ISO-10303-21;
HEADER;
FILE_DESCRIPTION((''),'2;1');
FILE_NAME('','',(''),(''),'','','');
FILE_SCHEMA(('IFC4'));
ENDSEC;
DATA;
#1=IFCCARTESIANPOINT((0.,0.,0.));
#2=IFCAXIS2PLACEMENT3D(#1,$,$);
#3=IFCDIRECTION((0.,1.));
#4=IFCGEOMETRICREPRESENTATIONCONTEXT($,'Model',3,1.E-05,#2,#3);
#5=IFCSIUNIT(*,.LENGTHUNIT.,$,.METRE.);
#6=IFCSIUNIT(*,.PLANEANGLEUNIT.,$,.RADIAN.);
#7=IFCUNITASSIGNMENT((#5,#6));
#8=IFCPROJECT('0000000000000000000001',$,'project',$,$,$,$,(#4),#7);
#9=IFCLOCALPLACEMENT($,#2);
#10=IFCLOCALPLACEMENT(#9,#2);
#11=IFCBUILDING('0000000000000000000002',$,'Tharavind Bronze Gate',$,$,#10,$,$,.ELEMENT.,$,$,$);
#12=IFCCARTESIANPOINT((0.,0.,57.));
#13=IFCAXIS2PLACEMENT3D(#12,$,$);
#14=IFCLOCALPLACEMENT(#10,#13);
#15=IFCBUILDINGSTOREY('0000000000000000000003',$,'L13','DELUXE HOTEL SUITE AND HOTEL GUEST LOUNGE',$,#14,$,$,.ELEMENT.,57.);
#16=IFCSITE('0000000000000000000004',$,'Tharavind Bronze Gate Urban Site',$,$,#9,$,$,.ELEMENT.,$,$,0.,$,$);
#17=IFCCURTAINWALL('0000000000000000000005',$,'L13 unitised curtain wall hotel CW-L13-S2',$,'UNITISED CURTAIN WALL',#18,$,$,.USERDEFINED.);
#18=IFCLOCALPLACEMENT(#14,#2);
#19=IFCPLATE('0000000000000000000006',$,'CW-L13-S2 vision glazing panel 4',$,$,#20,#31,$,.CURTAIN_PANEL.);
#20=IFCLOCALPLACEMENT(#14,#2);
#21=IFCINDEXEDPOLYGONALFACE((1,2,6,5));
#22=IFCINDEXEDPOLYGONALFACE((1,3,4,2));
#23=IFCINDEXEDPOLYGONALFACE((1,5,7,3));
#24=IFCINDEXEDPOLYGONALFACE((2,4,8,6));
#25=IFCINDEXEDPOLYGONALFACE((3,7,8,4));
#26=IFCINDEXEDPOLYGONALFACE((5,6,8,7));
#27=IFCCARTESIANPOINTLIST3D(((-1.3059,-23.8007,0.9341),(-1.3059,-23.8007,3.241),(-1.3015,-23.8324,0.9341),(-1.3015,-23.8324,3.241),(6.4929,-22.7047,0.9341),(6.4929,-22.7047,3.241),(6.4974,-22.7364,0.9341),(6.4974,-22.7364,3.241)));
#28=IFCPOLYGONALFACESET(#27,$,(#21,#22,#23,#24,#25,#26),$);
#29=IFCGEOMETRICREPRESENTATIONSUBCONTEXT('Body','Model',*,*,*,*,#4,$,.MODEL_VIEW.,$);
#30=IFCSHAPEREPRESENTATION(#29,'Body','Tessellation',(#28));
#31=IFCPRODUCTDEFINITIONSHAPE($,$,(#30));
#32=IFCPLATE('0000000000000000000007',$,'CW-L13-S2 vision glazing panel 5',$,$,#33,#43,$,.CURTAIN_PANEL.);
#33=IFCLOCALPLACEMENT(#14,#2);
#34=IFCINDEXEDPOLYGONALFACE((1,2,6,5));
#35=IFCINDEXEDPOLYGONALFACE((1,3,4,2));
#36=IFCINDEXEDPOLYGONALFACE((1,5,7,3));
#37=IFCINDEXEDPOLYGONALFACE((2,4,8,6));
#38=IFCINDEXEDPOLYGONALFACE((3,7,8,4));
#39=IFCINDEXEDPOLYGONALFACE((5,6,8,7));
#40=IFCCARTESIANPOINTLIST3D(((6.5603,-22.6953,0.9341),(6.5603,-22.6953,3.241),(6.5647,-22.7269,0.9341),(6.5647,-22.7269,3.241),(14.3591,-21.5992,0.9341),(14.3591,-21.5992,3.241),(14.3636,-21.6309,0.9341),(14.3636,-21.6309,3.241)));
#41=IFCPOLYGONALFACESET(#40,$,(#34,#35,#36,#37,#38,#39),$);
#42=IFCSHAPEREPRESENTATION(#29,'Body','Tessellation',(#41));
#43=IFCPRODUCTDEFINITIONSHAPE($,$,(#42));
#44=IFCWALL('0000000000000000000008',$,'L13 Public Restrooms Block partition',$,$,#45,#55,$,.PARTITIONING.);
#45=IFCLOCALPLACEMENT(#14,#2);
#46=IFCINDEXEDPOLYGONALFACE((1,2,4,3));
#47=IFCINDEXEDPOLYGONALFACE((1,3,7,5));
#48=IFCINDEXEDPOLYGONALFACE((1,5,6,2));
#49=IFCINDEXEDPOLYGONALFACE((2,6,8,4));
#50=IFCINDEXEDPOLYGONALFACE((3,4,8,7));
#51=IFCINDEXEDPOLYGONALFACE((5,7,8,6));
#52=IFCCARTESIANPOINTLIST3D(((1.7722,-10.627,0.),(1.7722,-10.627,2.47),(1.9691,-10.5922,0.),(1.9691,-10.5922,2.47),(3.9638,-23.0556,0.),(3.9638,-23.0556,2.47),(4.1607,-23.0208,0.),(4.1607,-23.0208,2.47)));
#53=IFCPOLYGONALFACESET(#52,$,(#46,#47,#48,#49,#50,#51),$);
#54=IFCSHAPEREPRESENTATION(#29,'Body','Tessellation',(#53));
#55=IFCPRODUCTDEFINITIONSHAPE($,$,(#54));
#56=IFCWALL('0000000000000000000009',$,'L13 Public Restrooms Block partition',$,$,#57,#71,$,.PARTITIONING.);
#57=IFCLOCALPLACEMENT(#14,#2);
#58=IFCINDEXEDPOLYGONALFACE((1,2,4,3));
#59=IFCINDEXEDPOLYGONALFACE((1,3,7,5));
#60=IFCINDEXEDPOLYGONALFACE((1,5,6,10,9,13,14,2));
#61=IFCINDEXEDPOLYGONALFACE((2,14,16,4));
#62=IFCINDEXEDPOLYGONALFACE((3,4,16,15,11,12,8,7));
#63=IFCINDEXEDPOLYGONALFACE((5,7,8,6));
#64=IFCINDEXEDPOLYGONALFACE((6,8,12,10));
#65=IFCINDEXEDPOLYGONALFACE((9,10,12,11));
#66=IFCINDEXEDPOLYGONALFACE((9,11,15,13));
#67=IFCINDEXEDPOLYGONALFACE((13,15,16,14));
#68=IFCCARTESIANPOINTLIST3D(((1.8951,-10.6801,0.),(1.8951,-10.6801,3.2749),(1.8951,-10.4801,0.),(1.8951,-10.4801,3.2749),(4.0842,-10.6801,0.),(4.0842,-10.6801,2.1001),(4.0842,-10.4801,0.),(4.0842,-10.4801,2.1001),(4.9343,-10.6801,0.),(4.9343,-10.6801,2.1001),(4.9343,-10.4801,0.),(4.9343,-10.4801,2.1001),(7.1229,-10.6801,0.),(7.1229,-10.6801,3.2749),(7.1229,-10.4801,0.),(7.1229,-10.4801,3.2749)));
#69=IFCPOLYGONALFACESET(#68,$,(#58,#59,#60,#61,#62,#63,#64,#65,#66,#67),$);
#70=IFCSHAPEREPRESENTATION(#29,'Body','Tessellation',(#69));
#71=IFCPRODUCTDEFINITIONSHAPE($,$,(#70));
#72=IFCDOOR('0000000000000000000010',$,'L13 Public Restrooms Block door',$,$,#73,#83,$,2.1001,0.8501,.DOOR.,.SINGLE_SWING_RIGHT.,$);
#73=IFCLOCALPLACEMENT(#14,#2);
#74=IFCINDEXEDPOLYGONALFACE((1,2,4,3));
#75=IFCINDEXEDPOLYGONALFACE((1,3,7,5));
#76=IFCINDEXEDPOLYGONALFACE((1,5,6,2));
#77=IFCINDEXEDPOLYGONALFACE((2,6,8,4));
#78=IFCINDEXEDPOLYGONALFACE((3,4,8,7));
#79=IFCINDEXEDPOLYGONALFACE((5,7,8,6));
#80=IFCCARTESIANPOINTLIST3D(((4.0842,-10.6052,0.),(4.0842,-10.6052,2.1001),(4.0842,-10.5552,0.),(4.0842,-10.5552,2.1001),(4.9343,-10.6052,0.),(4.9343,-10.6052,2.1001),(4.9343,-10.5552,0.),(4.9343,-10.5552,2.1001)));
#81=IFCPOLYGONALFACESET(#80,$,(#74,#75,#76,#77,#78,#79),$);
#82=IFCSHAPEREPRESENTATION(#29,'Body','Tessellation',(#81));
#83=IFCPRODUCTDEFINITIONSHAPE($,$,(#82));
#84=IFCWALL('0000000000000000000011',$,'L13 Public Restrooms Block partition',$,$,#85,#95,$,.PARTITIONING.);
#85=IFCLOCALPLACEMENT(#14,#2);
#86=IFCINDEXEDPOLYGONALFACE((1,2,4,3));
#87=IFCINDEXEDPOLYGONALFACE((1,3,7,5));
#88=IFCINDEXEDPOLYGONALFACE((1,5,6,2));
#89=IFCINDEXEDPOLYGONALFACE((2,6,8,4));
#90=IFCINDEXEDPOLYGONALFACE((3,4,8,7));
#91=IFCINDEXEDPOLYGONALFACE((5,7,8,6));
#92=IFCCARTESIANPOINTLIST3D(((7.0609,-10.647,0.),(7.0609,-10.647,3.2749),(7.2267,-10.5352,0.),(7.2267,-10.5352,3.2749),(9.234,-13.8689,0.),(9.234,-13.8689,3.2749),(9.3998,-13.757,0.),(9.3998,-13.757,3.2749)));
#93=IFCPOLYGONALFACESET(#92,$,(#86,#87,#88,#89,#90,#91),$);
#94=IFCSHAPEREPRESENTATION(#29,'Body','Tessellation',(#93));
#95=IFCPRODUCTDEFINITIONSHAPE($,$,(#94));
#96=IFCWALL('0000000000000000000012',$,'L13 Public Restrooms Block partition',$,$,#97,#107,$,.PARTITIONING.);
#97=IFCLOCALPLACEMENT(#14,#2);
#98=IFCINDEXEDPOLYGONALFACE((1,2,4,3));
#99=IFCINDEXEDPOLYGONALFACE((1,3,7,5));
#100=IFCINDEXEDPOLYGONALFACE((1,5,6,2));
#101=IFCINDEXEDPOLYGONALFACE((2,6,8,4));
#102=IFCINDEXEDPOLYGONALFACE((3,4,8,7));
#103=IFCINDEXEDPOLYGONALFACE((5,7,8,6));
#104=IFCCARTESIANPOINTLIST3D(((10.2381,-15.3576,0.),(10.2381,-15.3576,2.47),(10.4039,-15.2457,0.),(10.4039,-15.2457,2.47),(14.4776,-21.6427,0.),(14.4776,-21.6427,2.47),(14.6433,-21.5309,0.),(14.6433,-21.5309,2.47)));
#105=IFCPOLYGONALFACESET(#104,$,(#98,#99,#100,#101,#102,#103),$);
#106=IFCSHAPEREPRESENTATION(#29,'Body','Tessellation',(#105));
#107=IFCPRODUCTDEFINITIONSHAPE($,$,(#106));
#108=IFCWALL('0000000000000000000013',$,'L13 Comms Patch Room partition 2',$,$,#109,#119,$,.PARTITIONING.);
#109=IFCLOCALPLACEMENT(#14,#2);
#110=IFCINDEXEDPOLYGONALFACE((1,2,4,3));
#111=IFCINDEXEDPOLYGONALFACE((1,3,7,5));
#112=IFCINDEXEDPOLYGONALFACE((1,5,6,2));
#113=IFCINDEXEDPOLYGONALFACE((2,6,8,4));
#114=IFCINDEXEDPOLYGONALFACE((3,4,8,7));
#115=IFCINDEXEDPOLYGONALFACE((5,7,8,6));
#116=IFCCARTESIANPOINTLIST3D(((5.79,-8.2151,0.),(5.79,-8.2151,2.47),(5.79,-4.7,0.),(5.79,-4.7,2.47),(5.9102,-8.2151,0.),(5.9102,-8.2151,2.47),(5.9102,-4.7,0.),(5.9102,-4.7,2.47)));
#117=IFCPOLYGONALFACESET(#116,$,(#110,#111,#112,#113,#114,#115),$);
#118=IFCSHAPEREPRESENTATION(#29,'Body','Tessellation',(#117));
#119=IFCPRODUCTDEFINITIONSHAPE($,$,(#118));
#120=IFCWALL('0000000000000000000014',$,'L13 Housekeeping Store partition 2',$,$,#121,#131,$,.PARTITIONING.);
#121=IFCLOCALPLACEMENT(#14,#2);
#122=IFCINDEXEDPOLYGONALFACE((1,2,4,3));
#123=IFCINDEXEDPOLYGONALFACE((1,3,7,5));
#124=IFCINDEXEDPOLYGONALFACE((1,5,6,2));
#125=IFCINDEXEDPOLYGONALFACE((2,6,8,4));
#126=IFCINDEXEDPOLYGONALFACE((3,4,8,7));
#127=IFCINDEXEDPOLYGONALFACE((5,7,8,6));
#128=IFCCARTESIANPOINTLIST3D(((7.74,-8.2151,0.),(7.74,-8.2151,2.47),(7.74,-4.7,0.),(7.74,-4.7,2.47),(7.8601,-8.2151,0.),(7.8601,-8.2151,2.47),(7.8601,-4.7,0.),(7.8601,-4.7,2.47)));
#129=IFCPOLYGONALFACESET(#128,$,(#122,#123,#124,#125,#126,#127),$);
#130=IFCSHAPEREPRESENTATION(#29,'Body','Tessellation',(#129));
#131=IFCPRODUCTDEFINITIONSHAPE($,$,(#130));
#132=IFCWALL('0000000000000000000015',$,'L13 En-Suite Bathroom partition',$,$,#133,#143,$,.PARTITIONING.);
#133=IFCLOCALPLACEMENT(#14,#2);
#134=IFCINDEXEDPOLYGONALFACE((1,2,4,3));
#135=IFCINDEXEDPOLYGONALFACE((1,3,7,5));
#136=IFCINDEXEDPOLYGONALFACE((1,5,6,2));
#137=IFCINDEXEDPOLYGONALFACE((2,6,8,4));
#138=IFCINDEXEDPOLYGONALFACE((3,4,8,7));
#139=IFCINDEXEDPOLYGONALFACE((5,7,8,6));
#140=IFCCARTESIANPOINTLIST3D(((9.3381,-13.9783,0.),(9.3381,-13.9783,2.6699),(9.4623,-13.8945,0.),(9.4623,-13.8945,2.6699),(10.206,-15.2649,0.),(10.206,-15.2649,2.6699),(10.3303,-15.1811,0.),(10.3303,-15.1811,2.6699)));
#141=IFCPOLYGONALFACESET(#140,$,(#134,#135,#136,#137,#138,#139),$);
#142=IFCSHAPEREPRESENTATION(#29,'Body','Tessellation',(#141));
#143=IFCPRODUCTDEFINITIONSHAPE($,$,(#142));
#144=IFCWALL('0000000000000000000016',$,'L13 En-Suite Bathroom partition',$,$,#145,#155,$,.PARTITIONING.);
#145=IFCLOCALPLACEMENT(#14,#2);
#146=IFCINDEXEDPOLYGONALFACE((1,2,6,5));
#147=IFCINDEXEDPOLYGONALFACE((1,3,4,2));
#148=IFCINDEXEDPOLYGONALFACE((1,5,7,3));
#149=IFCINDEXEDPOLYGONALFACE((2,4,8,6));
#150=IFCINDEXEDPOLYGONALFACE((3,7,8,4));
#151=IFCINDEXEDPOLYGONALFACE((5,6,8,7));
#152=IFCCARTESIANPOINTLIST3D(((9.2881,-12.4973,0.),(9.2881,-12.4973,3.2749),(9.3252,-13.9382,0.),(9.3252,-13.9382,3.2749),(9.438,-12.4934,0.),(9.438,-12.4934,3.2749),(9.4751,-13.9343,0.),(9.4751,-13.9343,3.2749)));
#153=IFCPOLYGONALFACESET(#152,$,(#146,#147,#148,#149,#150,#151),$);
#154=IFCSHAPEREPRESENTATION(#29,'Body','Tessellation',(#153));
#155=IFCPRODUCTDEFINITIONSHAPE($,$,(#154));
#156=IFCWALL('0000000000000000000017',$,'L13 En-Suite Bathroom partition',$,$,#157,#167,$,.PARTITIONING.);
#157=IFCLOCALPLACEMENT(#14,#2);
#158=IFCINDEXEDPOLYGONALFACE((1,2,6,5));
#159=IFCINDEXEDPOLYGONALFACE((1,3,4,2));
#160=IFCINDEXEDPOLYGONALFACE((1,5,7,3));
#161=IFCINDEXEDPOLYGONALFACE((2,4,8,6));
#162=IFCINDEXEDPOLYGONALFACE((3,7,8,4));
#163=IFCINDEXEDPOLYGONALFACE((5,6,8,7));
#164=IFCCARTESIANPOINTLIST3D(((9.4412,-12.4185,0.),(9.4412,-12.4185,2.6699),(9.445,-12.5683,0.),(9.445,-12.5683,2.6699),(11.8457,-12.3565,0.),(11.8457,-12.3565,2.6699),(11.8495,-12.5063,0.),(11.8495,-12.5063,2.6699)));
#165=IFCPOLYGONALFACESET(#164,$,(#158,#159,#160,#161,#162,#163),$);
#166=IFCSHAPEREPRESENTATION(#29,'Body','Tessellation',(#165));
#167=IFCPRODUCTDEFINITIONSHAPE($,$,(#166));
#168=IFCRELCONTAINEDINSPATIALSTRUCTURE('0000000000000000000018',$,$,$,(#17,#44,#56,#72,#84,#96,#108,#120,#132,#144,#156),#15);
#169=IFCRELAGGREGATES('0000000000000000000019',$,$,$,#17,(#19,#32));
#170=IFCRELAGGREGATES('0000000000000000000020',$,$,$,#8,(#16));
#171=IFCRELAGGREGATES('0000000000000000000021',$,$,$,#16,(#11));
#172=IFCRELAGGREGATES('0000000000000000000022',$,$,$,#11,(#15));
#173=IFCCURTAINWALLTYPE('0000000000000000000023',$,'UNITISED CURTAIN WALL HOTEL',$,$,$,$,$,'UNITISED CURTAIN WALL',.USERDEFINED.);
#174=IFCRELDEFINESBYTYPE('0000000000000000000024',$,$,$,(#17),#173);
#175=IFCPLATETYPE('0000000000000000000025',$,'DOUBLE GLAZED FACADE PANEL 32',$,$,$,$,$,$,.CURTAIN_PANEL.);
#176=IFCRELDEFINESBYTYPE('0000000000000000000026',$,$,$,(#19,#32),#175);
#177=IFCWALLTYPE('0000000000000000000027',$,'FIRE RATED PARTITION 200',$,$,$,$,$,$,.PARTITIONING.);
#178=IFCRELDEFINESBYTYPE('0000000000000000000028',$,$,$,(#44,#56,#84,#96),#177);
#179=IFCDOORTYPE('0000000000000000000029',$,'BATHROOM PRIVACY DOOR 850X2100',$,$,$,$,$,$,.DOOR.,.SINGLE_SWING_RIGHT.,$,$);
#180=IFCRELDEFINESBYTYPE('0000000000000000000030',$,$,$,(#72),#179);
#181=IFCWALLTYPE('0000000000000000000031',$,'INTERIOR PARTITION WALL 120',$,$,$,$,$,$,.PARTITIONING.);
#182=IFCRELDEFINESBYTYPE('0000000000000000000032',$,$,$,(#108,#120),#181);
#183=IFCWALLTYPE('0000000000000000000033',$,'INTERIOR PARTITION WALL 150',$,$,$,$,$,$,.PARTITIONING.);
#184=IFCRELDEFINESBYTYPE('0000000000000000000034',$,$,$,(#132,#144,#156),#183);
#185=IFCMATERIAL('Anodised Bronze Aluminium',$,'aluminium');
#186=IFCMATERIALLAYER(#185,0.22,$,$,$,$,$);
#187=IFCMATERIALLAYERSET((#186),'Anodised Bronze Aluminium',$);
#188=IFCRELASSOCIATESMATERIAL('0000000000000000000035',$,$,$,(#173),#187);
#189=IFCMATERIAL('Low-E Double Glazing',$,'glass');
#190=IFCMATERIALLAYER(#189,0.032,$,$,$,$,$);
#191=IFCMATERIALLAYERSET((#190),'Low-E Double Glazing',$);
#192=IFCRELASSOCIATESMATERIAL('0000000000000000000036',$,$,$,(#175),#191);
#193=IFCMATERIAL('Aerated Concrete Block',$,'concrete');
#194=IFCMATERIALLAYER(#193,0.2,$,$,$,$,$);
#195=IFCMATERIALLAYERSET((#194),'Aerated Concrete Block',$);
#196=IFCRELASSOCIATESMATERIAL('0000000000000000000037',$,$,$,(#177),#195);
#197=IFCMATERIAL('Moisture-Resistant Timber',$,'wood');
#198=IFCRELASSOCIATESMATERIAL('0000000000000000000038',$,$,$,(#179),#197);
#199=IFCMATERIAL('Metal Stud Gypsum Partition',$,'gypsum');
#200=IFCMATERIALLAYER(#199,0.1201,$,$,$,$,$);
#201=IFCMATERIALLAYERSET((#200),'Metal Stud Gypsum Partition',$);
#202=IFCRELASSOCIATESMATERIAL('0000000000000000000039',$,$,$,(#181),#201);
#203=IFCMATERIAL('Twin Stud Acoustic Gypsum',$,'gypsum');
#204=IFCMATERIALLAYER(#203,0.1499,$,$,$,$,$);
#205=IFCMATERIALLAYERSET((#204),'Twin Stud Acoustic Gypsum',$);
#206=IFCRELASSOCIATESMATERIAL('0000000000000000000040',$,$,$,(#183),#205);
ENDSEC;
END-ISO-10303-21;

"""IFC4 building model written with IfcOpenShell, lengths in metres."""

from ifc_helpers import new_model, si_unit, direction, frame, frame_2d, origin, origin_2d, place, context, subcontext, project, spatial, rectangle, extrude, material, layer, layer_set, type_object, element, fill, aggregate, save


model = new_model("IFC4")

# Units and contexts
model_context = context("Model", 3, precision=1e-05, world=origin(), true_north=direction((0.0, 1.0)))
body_context = subcontext(model_context, "Body", "Model", "MODEL_VIEW")
ifc_project = project(units=[si_unit("LENGTHUNIT", "METRE"), si_unit("PLANEANGLEUNIT", "RADIAN")], contexts=[model_context])

# Site, building, storey
site_placement = place(None, origin())
site = spatial("IfcSite", under=ifc_project, at=site_placement, Name="Tharavind Bronze Gate Urban Site", CompositionType="ELEMENT", RefElevation=0.0)
building_placement = place(site_placement, origin())
building = spatial("IfcBuilding", under=site, at=building_placement, Name="Tharavind Bronze Gate", CompositionType="ELEMENT")
storey_placement = place(building_placement, frame((0.0, 0.0, 57.0)))
storey = spatial("IfcBuildingStorey", under=building, at=storey_placement, Name="L13", Description="DELUXE HOTEL SUITE AND HOTEL GUEST LOUNGE", CompositionType="ELEMENT", Elevation=57.0)

# Curtain wall
ifc_material_1 = material(Name="Anodised Bronze Aluminium", Category="aluminium")
ifc_layer_1 = layer(ifc_material_1, 0.22)
ifc_layer_set_1 = layer_set([ifc_layer_1], Name="Anodised Bronze Aluminium")
curtain_wall_type = type_object("IfcCurtainWallType", Name="UNITISED CURTAIN WALL HOTEL", ElementType="UNITISED CURTAIN WALL", PredefinedType="USERDEFINED", material=ifc_layer_set_1)
curtain_wall_placement = place(storey_placement, origin())
curtain_wall = element("IfcCurtainWall", 1, at=curtain_wall_placement, inside=storey, type_object=curtain_wall_type, Name="L13 unitised curtain wall hotel CW-L13-S2", ObjectType="UNITISED CURTAIN WALL", PredefinedType="USERDEFINED")

# Plates
ifc_material_2 = material(Name="Low-E Double Glazing", Category="glass")
ifc_layer_2 = layer(ifc_material_2, 0.032)
ifc_layer_set_2 = layer_set([ifc_layer_2], Name="Low-E Double Glazing")
plate_type_1 = type_object("IfcPlateType", Name="DOUBLE GLAZED FACADE PANEL 32", PredefinedType="CURTAIN_PANEL", material=ifc_layer_set_2)
plate_1_placement = place(storey_placement, frame((2.5957, -23.2686, 0.9341), z_axis=(0.0, 0.0, 1.0), x_axis=(0.990268, 0.139173, 0.0)))
plate_1 = element("IfcPlate", 2, at=plate_1_placement, type_object=plate_type_1, Name="CW-L13-S2 vision glazing panel 4", PredefinedType="CURTAIN_PANEL", context=body_context, shape_type="SweptSolid", body=[
    extrude(rectangle(XDim=7.8755, YDim=0.032, at=origin_2d()), origin(), (0.0, 0.0, 1.0), 2.3069),
])
plate_2_placement = place(storey_placement, frame((10.4619, -22.1631, 0.9341), z_axis=(0.0, 0.0, 1.0), x_axis=(0.990268, 0.139173, 0.0)))
plate_2 = element("IfcPlate", 3, at=plate_2_placement, type_object=plate_type_1, Name="CW-L13-S2 vision glazing panel 5", PredefinedType="CURTAIN_PANEL", context=body_context, shape_type="SweptSolid", body=[
    extrude(rectangle(XDim=7.8755, YDim=0.032, at=origin_2d()), origin(), (0.0, 0.0, 1.0), 2.3069),
])
aggregate(curtain_wall, [plate_1, plate_2])

# Wall
ifc_material_3 = material(Name="Aerated Concrete Block", Category="concrete")
ifc_layer_3 = layer(ifc_material_3, 0.2)
ifc_layer_set_3 = layer_set([ifc_layer_3], Name="Aerated Concrete Block")
wall_type_1 = type_object("IfcWallType", Name="FIRE RATED PARTITION 200", PredefinedType="PARTITIONING", material=ifc_layer_set_3)
wall_1_placement = place(storey_placement, frame((4.0623, -23.0381, 0.0), z_axis=(0.0, 0.0, 1.0), x_axis=(-0.173658, 0.984806, 0.0)))
element("IfcWall", 4, at=wall_1_placement, inside=storey, type_object=wall_type_1, Name="L13 Public Restrooms Block partition", PredefinedType="PARTITIONING", context=body_context, shape_type="SweptSolid", body=[
    extrude(rectangle(XDim=12.6204, YDim=0.2, at=frame_2d((6.3101, 0.0))), origin(), (0.0, 0.0, 1.0), 2.47),
])

# Wall, opening, door
wall_2_placement = place(storey_placement, frame((1.8953, -10.5801, 0.0), z_axis=(0.0, 0.0, 1.0), x_axis=(1.0, 0.0, 0.0)))
wall_2 = element("IfcWall", 5, at=wall_2_placement, inside=storey, type_object=wall_type_1, Name="L13 Public Restrooms Block partition", PredefinedType="PARTITIONING", context=body_context, shape_type="SweptSolid", body=[
    extrude(rectangle(XDim=5.2278, YDim=0.2, at=frame_2d((2.6138, 0.0))), origin(), (0.0, 0.0, 1.0), 3.2749),
])
opening_1_placement = place(wall_2_placement, frame((2.189, 0.0, 0.0)))
opening_1 = element("IfcOpeningElement", 6, at=opening_1_placement, cuts=wall_2, PredefinedType="OPENING", context=body_context, shape_type="SweptSolid", body=[
    extrude(rectangle(XDim=0.8501, YDim=2.1001, at=frame_2d((0.425, 1.05))), frame((0.0, 0.1101, 0.0), z_axis=(0.0, -1.0, 0.0), x_axis=(1.0, 0.0, 0.0)), (0.0, 0.0, 1.0), 0.22),
])
ifc_material_4 = material(Name="Moisture-Resistant Timber", Category="wood")
door_type_1 = type_object("IfcDoorType", Name="BATHROOM PRIVACY DOOR 850X2100", OperationType="SINGLE_SWING_RIGHT", PredefinedType="DOOR", material=ifc_material_4)
door_1_placement = place(opening_1_placement, origin())
door_1 = element("IfcDoor", 7, at=door_1_placement, inside=storey, type_object=door_type_1, Name="L13 Public Restrooms Block door", OperationType="SINGLE_SWING_RIGHT", OverallHeight=2.1001, OverallWidth=0.8501, PredefinedType="DOOR", context=body_context, shape_type="SweptSolid", body=[
    extrude(rectangle(XDim=0.8501, YDim=2.1001, at=frame_2d((0.425, 1.05))), frame((0.0, 0.0249, 0.0), z_axis=(0.0, -1.0, 0.0), x_axis=(1.0, 0.0, 0.0)), (0.0, 0.0, 1.0), 0.05),
])
fill(opening_1, door_1)

# Walls
wall_3_placement = place(storey_placement, frame((7.1438, -10.5911, 0.0), z_axis=(0.0, 0.0, 1.0), x_axis=(0.559172, -0.829052, 0.0)))
element("IfcWall", 8, at=wall_3_placement, inside=storey, type_object=wall_type_1, Name="L13 Public Restrooms Block partition", PredefinedType="PARTITIONING", context=body_context, shape_type="SweptSolid", body=[
    extrude(rectangle(XDim=3.8862, YDim=0.2, at=frame_2d((1.9431, 0.0))), origin(), (0.0, 0.0, 1.0), 3.2749),
])
wall_4_placement = place(storey_placement, frame((10.321, -15.3018, 0.0), z_axis=(0.0, 0.0, 1.0), x_axis=(0.559203, -0.829031, 0.0)))
element("IfcWall", 9, at=wall_4_placement, inside=storey, type_object=wall_type_1, Name="L13 Public Restrooms Block partition", PredefinedType="PARTITIONING", context=body_context, shape_type="SweptSolid", body=[
    extrude(rectangle(XDim=7.5813, YDim=0.2, at=frame_2d((3.7905, 0.0))), origin(), (0.0, 0.0, 1.0), 2.47),
])

# Walls
ifc_material_5 = material(Name="Metal Stud Gypsum Partition", Category="gypsum")
ifc_layer_4 = layer(ifc_material_5, 0.1201)
ifc_layer_set_4 = layer_set([ifc_layer_4], Name="Metal Stud Gypsum Partition")
wall_type_2 = type_object("IfcWallType", Name="INTERIOR PARTITION WALL 120", PredefinedType="PARTITIONING", material=ifc_layer_set_4)
for number, where, z_axis, x_axis, name in (
    (10, (5.8501, -8.2151, 0.0), (0.0, 0.0, 1.0), (0.0, 1.0, 0.0), "L13 Comms Patch Room partition 2"),
    (11, (7.8, -8.2151, 0.0), (0.0, 0.0, 1.0), (0.0, 1.0, 0.0), "L13 Housekeeping Store partition 2"),
):
    element("IfcWall", number, at=place(storey_placement, frame(where, z_axis=z_axis, x_axis=x_axis)), inside=storey, type_object=wall_type_2, Name=name, PredefinedType="PARTITIONING", context=body_context, shape_type="SweptSolid", body=[
        extrude(rectangle(XDim=3.5151, YDim=0.1201, at=frame_2d((1.7576, 0.0))), origin(), (0.0, 0.0, 1.0), 2.47),
    ])
ifc_material_6 = material(Name="Twin Stud Acoustic Gypsum", Category="gypsum")
ifc_layer_5 = layer(ifc_material_6, 0.1499)
ifc_layer_set_5 = layer_set([ifc_layer_5], Name="Twin Stud Acoustic Gypsum")
wall_type_3 = type_object("IfcWallType", Name="INTERIOR PARTITION WALL 150", PredefinedType="PARTITIONING", material=ifc_layer_set_5)
wall_5_placement = place(storey_placement, frame((10.2681, -15.2229, 0.0), z_axis=(0.0, 0.0, 1.0), x_axis=(-0.55923, 0.829013, 0.0)))
element("IfcWall", 12, at=wall_5_placement, inside=storey, type_object=wall_type_3, Name="L13 En-Suite Bathroom partition", PredefinedType="PARTITIONING", context=body_context, shape_type="SweptSolid", body=[
    extrude(rectangle(XDim=1.552, YDim=0.1499, at=frame_2d((0.7759, 0.0))), origin(), (0.0, 0.0, 1.0), 2.6699),
])
wall_6_placement = place(storey_placement, frame((9.4001, -13.9363, 0.0), z_axis=(0.0, 0.0, 1.0), x_axis=(-0.025745, 0.999669, 0.0)))
element("IfcWall", 13, at=wall_6_placement, inside=storey, type_object=wall_type_3, Name="L13 En-Suite Bathroom partition", PredefinedType="PARTITIONING", context=body_context, shape_type="SweptSolid", body=[
    extrude(rectangle(XDim=1.4414, YDim=0.1499, at=frame_2d((0.7207, 0.0))), origin(), (0.0, 0.0, 1.0), 3.2749),
])
wall_7_placement = place(storey_placement, frame((9.4431, -12.4934, 0.0), z_axis=(0.0, 0.0, 1.0), x_axis=(0.999668, 0.025781, 0.0)))
element("IfcWall", 14, at=wall_7_placement, inside=storey, type_object=wall_type_3, Name="L13 En-Suite Bathroom partition", PredefinedType="PARTITIONING", context=body_context, shape_type="SweptSolid", body=[
    extrude(rectangle(XDim=2.4053, YDim=0.1499, at=frame_2d((1.2026, 0.0))), origin(), (0.0, 0.0, 1.0), 2.6699),
])

save(model, "model.ifc")
